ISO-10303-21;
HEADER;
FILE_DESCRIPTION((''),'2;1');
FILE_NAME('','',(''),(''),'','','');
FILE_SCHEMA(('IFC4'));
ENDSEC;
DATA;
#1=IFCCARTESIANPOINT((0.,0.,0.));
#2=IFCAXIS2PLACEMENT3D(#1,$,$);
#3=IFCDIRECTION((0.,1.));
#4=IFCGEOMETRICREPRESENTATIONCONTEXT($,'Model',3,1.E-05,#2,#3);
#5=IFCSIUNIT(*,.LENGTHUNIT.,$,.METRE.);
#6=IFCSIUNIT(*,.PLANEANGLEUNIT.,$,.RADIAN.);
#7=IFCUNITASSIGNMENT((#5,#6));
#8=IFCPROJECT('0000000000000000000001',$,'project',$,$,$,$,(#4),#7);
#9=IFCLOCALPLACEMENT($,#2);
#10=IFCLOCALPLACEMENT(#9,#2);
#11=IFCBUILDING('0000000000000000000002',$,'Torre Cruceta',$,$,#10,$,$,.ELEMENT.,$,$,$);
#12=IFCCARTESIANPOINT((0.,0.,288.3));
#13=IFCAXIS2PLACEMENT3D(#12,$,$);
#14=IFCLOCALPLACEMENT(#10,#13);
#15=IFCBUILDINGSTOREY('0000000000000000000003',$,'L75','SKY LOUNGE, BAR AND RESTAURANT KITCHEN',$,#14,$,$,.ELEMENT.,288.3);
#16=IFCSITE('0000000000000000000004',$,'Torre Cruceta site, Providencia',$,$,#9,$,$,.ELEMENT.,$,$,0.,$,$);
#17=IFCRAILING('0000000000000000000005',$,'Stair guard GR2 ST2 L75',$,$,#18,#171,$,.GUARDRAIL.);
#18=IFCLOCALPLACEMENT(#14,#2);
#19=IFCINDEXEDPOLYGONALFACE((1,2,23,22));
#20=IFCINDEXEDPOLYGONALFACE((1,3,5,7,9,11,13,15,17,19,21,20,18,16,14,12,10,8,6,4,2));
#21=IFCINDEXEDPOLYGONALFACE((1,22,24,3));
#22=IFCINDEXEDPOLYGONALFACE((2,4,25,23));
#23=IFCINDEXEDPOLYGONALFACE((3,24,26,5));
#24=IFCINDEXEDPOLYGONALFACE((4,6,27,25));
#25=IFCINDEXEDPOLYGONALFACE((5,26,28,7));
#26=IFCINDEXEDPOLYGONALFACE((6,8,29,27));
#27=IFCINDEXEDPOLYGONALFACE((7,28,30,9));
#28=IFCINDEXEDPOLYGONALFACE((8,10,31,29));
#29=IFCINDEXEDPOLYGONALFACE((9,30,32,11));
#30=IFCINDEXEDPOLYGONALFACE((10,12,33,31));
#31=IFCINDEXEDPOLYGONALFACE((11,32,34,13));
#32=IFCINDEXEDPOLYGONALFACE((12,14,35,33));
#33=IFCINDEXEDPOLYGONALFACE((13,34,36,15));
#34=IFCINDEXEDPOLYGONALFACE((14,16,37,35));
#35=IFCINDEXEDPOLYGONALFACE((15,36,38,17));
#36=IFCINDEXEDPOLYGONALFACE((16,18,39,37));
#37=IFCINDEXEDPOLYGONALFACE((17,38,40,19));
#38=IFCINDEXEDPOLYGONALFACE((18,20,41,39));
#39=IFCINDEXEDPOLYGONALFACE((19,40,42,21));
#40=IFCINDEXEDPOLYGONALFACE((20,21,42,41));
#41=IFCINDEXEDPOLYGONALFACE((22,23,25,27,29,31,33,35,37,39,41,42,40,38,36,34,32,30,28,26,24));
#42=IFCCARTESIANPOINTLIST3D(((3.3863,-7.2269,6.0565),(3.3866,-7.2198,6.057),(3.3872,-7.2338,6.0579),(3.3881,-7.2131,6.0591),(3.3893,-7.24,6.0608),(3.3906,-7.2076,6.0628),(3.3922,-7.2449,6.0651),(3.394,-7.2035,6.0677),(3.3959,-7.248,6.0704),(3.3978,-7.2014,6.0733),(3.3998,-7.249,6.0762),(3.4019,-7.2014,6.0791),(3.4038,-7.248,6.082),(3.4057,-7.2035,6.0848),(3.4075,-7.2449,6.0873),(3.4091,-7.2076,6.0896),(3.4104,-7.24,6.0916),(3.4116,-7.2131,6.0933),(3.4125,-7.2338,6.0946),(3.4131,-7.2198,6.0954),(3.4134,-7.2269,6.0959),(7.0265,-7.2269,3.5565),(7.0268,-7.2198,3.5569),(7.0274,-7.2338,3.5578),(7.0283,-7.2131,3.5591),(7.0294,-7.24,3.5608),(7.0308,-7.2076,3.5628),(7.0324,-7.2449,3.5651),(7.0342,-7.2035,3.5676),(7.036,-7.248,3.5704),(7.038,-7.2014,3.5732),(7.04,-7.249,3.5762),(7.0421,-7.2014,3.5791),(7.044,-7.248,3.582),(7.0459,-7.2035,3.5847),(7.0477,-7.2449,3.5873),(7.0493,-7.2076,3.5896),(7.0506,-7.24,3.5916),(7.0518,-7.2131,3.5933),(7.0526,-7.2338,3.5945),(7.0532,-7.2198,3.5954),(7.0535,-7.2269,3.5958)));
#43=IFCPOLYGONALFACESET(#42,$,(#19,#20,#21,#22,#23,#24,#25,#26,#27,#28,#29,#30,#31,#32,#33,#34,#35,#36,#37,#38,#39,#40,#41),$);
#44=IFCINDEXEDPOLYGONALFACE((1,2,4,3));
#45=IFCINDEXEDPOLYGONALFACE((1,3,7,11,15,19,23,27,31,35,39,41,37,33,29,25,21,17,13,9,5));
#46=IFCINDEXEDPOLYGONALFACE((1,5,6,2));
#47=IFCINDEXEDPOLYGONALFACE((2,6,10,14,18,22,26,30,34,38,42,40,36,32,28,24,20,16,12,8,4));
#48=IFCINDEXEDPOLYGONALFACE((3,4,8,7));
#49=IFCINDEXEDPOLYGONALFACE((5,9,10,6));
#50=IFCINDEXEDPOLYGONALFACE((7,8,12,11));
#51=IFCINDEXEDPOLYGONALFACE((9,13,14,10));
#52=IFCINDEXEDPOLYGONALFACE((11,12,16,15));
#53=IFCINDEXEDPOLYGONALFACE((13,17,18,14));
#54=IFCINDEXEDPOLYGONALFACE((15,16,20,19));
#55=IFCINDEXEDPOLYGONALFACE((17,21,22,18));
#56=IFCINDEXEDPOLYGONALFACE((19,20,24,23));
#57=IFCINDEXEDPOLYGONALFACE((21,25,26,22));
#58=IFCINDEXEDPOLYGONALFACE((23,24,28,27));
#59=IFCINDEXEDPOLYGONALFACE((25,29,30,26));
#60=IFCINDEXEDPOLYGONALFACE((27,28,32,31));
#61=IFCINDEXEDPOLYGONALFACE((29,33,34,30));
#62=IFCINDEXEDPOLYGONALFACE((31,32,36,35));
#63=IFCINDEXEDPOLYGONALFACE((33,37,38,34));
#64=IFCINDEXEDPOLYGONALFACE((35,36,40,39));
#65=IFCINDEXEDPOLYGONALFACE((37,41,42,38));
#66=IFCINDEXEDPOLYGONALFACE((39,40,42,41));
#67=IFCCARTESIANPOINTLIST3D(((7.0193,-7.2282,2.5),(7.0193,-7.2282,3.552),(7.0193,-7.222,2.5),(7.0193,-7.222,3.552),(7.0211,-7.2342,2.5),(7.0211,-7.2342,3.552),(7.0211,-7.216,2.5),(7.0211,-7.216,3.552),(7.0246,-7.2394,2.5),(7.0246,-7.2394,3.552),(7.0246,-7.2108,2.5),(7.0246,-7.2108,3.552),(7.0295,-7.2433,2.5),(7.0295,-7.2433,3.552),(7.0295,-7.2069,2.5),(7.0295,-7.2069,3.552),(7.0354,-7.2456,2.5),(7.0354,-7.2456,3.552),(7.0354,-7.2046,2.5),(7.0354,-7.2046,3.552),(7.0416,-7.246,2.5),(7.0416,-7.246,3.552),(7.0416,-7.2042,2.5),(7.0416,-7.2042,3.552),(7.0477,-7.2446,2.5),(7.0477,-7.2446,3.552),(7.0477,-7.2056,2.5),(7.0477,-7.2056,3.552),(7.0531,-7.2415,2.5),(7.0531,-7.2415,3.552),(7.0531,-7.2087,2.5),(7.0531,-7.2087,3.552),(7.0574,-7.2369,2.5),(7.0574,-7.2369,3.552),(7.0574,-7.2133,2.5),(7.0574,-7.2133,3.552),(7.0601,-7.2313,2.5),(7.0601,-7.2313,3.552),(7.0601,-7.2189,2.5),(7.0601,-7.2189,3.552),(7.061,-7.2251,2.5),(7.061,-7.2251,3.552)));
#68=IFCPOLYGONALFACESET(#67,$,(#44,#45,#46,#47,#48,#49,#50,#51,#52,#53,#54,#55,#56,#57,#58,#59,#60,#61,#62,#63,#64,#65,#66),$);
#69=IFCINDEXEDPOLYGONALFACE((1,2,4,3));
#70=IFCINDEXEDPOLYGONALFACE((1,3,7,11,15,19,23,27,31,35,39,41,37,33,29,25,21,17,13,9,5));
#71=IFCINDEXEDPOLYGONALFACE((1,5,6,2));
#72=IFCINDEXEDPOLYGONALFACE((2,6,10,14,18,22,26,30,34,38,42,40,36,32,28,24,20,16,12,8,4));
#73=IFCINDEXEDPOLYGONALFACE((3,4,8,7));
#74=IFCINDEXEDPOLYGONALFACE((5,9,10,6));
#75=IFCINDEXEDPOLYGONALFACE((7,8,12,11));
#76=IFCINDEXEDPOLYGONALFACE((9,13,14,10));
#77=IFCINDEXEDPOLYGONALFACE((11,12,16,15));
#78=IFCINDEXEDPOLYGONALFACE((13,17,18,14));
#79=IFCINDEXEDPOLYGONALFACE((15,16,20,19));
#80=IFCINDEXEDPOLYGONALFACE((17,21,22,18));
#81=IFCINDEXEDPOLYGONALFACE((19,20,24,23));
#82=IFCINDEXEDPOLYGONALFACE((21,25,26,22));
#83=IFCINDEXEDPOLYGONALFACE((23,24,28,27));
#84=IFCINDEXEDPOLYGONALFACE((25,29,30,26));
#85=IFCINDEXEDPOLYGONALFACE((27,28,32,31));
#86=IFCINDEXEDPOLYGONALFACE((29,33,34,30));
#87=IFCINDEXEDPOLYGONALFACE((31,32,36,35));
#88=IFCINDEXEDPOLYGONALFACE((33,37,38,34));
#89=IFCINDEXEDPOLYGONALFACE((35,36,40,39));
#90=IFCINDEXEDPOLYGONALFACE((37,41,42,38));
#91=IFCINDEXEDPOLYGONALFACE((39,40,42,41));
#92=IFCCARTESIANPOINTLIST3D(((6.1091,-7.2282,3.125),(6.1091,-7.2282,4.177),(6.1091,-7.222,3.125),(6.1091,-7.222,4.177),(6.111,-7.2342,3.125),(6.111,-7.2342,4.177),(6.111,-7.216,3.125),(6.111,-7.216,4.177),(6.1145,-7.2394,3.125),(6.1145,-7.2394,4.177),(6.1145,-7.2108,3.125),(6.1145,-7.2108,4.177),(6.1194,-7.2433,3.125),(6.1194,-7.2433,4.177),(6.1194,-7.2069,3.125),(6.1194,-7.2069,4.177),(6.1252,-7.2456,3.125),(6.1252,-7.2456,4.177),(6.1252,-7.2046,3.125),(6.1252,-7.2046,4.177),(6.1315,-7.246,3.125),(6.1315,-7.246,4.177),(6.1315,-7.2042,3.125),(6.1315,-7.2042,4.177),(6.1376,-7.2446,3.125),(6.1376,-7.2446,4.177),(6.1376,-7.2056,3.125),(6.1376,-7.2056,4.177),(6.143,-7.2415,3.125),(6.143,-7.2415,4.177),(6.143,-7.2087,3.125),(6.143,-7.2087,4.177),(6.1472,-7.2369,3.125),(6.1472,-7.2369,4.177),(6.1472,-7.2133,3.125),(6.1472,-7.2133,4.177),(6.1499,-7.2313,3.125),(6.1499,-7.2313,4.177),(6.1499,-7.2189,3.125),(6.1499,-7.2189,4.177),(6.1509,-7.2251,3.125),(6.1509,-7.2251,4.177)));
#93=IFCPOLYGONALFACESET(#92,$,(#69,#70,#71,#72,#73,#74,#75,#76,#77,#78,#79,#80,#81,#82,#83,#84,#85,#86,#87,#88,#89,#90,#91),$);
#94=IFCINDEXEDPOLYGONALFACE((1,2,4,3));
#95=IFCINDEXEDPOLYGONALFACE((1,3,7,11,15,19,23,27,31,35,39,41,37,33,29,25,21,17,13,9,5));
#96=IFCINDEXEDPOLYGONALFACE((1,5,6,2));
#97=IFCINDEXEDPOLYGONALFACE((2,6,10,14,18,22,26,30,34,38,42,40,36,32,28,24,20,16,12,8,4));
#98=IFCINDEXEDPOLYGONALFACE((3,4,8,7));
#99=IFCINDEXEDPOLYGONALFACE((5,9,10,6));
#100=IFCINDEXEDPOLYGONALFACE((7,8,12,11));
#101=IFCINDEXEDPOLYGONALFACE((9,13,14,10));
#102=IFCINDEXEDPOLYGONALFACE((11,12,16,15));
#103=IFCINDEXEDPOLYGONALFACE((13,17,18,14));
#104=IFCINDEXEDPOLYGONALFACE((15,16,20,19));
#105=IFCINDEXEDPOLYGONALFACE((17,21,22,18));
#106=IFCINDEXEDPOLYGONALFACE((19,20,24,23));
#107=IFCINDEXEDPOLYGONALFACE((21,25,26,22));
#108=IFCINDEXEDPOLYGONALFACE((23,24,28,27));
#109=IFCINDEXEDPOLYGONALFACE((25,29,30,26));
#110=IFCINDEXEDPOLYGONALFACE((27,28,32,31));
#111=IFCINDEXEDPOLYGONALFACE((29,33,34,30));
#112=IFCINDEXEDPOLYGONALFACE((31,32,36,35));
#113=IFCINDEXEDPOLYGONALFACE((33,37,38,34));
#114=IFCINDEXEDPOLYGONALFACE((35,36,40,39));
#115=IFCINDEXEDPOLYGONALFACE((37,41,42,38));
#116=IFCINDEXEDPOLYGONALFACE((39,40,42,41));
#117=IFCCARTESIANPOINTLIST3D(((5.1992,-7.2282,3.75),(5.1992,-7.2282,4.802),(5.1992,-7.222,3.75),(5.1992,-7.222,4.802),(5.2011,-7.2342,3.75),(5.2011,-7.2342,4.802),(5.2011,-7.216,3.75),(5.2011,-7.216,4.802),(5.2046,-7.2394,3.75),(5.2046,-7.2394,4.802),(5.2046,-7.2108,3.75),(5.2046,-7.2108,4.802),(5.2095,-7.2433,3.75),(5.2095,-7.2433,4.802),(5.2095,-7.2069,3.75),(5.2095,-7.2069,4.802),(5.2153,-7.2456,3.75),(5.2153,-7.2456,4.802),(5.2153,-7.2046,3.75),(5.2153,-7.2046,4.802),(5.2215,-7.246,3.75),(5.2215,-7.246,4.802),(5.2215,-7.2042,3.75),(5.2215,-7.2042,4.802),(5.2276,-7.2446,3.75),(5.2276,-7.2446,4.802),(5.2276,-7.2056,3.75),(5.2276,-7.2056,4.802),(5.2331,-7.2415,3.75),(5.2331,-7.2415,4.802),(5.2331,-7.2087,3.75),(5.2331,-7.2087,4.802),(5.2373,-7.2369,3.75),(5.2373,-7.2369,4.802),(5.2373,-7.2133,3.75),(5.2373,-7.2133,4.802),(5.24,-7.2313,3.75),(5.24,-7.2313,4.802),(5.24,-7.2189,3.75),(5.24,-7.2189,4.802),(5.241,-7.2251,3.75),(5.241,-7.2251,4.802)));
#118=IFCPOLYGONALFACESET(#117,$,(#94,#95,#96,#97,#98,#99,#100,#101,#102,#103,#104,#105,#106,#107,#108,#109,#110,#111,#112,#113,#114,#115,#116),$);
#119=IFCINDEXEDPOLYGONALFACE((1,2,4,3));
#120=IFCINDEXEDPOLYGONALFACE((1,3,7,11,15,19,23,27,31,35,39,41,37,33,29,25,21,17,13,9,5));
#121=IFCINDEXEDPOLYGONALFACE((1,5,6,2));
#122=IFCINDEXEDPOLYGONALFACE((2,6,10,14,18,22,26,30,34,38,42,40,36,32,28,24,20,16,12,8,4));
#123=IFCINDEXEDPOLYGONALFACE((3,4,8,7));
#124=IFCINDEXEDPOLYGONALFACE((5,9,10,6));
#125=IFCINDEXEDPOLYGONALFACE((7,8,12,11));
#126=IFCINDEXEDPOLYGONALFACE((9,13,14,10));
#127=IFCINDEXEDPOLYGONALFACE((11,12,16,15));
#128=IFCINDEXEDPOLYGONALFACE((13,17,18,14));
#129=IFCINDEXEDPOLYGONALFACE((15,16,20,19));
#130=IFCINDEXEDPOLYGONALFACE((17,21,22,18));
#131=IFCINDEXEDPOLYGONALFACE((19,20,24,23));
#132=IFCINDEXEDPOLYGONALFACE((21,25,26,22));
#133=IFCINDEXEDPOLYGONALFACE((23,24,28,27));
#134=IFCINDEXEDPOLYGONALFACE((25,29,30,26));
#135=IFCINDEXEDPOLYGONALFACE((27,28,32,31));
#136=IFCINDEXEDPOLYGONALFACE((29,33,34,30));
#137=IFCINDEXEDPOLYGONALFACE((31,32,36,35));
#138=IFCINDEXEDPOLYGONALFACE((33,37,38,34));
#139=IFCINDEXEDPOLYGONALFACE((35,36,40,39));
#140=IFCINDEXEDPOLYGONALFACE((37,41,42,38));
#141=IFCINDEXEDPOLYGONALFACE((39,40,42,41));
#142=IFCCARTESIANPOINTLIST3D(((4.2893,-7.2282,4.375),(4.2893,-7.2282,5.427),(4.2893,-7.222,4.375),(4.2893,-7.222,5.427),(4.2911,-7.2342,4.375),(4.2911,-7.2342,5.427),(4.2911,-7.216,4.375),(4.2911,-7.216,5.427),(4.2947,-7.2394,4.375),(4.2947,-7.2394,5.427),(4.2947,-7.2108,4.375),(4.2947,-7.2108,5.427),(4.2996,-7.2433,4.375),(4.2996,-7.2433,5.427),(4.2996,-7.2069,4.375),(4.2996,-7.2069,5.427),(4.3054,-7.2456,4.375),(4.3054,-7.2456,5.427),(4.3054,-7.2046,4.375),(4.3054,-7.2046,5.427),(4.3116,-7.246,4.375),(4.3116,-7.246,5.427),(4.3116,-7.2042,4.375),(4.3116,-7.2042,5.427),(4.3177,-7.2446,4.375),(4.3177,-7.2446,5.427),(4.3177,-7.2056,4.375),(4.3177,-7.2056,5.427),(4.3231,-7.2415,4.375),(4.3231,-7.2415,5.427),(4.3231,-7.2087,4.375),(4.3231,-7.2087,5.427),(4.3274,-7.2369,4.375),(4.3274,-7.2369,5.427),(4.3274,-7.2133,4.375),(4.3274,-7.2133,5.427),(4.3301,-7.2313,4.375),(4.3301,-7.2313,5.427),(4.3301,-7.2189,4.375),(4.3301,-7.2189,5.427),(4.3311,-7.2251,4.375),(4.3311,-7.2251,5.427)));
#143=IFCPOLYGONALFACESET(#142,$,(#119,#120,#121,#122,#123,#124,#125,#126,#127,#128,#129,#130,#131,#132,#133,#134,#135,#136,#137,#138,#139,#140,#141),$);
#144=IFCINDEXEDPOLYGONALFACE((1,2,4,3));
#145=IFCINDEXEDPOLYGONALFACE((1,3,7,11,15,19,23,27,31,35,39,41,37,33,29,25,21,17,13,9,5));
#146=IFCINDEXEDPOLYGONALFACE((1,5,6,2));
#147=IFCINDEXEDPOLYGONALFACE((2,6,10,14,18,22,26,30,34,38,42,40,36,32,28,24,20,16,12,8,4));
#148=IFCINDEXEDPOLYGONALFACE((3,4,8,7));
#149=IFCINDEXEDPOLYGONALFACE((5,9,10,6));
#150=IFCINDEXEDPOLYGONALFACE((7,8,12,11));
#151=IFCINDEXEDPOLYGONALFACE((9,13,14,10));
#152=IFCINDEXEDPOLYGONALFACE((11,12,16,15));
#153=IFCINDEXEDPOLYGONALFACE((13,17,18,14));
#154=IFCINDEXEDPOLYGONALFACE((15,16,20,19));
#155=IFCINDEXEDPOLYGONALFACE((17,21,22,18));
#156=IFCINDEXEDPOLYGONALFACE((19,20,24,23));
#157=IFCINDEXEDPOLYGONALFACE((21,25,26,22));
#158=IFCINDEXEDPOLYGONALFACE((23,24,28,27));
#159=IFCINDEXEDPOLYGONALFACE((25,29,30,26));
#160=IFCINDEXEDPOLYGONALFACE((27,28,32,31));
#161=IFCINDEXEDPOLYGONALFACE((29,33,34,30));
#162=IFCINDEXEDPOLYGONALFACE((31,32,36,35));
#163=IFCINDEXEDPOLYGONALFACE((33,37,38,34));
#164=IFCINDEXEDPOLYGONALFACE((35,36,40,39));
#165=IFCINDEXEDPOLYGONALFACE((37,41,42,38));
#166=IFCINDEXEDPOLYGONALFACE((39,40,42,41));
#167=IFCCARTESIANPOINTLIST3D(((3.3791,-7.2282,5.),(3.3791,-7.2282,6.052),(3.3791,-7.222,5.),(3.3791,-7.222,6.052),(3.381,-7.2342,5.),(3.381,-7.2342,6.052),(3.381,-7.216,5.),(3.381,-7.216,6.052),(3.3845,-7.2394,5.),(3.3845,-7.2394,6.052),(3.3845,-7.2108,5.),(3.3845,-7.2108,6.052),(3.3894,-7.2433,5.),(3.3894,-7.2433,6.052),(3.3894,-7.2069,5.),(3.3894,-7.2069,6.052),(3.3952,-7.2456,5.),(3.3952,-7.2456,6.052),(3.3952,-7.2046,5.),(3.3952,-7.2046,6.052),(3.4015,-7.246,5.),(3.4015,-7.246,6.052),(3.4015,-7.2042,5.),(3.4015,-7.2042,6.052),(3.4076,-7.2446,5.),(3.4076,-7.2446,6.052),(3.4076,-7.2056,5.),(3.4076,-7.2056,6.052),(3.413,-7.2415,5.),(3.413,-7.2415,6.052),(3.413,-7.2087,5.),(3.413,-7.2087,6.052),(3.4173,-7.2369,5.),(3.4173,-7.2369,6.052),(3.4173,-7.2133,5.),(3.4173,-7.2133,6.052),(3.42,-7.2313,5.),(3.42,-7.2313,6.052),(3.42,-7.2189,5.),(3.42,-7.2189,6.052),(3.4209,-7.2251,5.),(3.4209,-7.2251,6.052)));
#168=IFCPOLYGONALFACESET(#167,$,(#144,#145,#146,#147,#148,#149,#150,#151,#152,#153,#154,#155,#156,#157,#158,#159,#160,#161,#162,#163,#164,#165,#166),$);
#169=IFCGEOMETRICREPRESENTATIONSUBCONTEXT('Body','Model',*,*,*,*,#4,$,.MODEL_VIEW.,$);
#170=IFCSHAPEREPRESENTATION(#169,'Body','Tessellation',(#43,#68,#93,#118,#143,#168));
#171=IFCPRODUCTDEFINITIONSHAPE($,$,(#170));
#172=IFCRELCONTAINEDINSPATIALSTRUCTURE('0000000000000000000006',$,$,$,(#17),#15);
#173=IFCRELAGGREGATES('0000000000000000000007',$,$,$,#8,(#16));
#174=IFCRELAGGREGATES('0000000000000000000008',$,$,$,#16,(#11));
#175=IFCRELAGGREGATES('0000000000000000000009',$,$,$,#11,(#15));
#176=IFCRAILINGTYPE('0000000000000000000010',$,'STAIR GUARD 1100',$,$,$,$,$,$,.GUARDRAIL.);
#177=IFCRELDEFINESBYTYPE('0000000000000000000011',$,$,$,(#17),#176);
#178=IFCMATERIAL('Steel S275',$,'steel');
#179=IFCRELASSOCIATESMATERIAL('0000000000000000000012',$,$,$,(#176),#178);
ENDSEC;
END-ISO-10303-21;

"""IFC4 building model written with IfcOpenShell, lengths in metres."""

from ifc_helpers import new_model, si_unit, direction, frame, origin, origin_2d, place, context, subcontext, project, spatial, circle, extrude, material, type_object, element, save


model = new_model("IFC4")

# Units and contexts
model_context = context("Model", 3, precision=1e-05, world=origin(), true_north=direction((0.0, 1.0)))
body_context = subcontext(model_context, "Body", "Model", "MODEL_VIEW")
ifc_project = project(units=[si_unit("LENGTHUNIT", "METRE"), si_unit("PLANEANGLEUNIT", "RADIAN")], contexts=[model_context])

# Site, building, storey
site_placement = place(None, origin())
site = spatial("IfcSite", under=ifc_project, at=site_placement, Name="Torre Cruceta site, Providencia", CompositionType="ELEMENT", RefElevation=0.0)
building_placement = place(site_placement, origin())
building = spatial("IfcBuilding", under=site, at=building_placement, Name="Torre Cruceta", CompositionType="ELEMENT")
storey_placement = place(building_placement, frame((0.0, 0.0, 288.3)))
storey = spatial("IfcBuildingStorey", under=building, at=storey_placement, Name="L75", Description="SKY LOUNGE, BAR AND RESTAURANT KITCHEN", CompositionType="ELEMENT", Elevation=288.3)

# Railing
ifc_material_1 = material(Name="Steel S275", Category="steel")
railing_type_1 = type_object("IfcRailingType", Name="STAIR GUARD 1100", PredefinedType="GUARDRAIL", material=ifc_material_1)
railing_1_placement = place(storey_placement, frame((7.04, -7.2251, 2.5)))
element("IfcRailing", 1, at=railing_1_placement, inside=storey, type_object=railing_type_1, Name="Stair guard GR2 ST2 L75", PredefinedType="GUARDRAIL", context=body_context, shape_type="SweptSolid", body=[
    extrude(circle(Radius=0.0239, at=origin_2d()), frame((0.0, 0.0, 1.0762), z_axis=(-0.824316, 0.0, 0.56613), x_axis=(0.0, -1.0, 0.0)), (0.0, 0.0, 1.0), 4.416),
    extrude(circle(Radius=0.021, at=origin_2d()), origin(), (0.0, 0.0, 1.0), 1.052),
    extrude(circle(Radius=0.021, at=origin_2d()), frame((-0.9102, 0.0, 0.625)), (0.0, 0.0, 1.0), 1.052),
    extrude(circle(Radius=0.021, at=origin_2d()), frame((-1.8201, 0.0, 1.25)), (0.0, 0.0, 1.0), 1.052),
    extrude(circle(Radius=0.021, at=origin_2d()), frame((-2.73, 0.0, 1.875)), (0.0, 0.0, 1.0), 1.052),
    extrude(circle(Radius=0.021, at=origin_2d()), frame((-3.6401, 0.0, 2.5)), (0.0, 0.0, 1.0), 1.052),
])

save(model, "model.ifc")
